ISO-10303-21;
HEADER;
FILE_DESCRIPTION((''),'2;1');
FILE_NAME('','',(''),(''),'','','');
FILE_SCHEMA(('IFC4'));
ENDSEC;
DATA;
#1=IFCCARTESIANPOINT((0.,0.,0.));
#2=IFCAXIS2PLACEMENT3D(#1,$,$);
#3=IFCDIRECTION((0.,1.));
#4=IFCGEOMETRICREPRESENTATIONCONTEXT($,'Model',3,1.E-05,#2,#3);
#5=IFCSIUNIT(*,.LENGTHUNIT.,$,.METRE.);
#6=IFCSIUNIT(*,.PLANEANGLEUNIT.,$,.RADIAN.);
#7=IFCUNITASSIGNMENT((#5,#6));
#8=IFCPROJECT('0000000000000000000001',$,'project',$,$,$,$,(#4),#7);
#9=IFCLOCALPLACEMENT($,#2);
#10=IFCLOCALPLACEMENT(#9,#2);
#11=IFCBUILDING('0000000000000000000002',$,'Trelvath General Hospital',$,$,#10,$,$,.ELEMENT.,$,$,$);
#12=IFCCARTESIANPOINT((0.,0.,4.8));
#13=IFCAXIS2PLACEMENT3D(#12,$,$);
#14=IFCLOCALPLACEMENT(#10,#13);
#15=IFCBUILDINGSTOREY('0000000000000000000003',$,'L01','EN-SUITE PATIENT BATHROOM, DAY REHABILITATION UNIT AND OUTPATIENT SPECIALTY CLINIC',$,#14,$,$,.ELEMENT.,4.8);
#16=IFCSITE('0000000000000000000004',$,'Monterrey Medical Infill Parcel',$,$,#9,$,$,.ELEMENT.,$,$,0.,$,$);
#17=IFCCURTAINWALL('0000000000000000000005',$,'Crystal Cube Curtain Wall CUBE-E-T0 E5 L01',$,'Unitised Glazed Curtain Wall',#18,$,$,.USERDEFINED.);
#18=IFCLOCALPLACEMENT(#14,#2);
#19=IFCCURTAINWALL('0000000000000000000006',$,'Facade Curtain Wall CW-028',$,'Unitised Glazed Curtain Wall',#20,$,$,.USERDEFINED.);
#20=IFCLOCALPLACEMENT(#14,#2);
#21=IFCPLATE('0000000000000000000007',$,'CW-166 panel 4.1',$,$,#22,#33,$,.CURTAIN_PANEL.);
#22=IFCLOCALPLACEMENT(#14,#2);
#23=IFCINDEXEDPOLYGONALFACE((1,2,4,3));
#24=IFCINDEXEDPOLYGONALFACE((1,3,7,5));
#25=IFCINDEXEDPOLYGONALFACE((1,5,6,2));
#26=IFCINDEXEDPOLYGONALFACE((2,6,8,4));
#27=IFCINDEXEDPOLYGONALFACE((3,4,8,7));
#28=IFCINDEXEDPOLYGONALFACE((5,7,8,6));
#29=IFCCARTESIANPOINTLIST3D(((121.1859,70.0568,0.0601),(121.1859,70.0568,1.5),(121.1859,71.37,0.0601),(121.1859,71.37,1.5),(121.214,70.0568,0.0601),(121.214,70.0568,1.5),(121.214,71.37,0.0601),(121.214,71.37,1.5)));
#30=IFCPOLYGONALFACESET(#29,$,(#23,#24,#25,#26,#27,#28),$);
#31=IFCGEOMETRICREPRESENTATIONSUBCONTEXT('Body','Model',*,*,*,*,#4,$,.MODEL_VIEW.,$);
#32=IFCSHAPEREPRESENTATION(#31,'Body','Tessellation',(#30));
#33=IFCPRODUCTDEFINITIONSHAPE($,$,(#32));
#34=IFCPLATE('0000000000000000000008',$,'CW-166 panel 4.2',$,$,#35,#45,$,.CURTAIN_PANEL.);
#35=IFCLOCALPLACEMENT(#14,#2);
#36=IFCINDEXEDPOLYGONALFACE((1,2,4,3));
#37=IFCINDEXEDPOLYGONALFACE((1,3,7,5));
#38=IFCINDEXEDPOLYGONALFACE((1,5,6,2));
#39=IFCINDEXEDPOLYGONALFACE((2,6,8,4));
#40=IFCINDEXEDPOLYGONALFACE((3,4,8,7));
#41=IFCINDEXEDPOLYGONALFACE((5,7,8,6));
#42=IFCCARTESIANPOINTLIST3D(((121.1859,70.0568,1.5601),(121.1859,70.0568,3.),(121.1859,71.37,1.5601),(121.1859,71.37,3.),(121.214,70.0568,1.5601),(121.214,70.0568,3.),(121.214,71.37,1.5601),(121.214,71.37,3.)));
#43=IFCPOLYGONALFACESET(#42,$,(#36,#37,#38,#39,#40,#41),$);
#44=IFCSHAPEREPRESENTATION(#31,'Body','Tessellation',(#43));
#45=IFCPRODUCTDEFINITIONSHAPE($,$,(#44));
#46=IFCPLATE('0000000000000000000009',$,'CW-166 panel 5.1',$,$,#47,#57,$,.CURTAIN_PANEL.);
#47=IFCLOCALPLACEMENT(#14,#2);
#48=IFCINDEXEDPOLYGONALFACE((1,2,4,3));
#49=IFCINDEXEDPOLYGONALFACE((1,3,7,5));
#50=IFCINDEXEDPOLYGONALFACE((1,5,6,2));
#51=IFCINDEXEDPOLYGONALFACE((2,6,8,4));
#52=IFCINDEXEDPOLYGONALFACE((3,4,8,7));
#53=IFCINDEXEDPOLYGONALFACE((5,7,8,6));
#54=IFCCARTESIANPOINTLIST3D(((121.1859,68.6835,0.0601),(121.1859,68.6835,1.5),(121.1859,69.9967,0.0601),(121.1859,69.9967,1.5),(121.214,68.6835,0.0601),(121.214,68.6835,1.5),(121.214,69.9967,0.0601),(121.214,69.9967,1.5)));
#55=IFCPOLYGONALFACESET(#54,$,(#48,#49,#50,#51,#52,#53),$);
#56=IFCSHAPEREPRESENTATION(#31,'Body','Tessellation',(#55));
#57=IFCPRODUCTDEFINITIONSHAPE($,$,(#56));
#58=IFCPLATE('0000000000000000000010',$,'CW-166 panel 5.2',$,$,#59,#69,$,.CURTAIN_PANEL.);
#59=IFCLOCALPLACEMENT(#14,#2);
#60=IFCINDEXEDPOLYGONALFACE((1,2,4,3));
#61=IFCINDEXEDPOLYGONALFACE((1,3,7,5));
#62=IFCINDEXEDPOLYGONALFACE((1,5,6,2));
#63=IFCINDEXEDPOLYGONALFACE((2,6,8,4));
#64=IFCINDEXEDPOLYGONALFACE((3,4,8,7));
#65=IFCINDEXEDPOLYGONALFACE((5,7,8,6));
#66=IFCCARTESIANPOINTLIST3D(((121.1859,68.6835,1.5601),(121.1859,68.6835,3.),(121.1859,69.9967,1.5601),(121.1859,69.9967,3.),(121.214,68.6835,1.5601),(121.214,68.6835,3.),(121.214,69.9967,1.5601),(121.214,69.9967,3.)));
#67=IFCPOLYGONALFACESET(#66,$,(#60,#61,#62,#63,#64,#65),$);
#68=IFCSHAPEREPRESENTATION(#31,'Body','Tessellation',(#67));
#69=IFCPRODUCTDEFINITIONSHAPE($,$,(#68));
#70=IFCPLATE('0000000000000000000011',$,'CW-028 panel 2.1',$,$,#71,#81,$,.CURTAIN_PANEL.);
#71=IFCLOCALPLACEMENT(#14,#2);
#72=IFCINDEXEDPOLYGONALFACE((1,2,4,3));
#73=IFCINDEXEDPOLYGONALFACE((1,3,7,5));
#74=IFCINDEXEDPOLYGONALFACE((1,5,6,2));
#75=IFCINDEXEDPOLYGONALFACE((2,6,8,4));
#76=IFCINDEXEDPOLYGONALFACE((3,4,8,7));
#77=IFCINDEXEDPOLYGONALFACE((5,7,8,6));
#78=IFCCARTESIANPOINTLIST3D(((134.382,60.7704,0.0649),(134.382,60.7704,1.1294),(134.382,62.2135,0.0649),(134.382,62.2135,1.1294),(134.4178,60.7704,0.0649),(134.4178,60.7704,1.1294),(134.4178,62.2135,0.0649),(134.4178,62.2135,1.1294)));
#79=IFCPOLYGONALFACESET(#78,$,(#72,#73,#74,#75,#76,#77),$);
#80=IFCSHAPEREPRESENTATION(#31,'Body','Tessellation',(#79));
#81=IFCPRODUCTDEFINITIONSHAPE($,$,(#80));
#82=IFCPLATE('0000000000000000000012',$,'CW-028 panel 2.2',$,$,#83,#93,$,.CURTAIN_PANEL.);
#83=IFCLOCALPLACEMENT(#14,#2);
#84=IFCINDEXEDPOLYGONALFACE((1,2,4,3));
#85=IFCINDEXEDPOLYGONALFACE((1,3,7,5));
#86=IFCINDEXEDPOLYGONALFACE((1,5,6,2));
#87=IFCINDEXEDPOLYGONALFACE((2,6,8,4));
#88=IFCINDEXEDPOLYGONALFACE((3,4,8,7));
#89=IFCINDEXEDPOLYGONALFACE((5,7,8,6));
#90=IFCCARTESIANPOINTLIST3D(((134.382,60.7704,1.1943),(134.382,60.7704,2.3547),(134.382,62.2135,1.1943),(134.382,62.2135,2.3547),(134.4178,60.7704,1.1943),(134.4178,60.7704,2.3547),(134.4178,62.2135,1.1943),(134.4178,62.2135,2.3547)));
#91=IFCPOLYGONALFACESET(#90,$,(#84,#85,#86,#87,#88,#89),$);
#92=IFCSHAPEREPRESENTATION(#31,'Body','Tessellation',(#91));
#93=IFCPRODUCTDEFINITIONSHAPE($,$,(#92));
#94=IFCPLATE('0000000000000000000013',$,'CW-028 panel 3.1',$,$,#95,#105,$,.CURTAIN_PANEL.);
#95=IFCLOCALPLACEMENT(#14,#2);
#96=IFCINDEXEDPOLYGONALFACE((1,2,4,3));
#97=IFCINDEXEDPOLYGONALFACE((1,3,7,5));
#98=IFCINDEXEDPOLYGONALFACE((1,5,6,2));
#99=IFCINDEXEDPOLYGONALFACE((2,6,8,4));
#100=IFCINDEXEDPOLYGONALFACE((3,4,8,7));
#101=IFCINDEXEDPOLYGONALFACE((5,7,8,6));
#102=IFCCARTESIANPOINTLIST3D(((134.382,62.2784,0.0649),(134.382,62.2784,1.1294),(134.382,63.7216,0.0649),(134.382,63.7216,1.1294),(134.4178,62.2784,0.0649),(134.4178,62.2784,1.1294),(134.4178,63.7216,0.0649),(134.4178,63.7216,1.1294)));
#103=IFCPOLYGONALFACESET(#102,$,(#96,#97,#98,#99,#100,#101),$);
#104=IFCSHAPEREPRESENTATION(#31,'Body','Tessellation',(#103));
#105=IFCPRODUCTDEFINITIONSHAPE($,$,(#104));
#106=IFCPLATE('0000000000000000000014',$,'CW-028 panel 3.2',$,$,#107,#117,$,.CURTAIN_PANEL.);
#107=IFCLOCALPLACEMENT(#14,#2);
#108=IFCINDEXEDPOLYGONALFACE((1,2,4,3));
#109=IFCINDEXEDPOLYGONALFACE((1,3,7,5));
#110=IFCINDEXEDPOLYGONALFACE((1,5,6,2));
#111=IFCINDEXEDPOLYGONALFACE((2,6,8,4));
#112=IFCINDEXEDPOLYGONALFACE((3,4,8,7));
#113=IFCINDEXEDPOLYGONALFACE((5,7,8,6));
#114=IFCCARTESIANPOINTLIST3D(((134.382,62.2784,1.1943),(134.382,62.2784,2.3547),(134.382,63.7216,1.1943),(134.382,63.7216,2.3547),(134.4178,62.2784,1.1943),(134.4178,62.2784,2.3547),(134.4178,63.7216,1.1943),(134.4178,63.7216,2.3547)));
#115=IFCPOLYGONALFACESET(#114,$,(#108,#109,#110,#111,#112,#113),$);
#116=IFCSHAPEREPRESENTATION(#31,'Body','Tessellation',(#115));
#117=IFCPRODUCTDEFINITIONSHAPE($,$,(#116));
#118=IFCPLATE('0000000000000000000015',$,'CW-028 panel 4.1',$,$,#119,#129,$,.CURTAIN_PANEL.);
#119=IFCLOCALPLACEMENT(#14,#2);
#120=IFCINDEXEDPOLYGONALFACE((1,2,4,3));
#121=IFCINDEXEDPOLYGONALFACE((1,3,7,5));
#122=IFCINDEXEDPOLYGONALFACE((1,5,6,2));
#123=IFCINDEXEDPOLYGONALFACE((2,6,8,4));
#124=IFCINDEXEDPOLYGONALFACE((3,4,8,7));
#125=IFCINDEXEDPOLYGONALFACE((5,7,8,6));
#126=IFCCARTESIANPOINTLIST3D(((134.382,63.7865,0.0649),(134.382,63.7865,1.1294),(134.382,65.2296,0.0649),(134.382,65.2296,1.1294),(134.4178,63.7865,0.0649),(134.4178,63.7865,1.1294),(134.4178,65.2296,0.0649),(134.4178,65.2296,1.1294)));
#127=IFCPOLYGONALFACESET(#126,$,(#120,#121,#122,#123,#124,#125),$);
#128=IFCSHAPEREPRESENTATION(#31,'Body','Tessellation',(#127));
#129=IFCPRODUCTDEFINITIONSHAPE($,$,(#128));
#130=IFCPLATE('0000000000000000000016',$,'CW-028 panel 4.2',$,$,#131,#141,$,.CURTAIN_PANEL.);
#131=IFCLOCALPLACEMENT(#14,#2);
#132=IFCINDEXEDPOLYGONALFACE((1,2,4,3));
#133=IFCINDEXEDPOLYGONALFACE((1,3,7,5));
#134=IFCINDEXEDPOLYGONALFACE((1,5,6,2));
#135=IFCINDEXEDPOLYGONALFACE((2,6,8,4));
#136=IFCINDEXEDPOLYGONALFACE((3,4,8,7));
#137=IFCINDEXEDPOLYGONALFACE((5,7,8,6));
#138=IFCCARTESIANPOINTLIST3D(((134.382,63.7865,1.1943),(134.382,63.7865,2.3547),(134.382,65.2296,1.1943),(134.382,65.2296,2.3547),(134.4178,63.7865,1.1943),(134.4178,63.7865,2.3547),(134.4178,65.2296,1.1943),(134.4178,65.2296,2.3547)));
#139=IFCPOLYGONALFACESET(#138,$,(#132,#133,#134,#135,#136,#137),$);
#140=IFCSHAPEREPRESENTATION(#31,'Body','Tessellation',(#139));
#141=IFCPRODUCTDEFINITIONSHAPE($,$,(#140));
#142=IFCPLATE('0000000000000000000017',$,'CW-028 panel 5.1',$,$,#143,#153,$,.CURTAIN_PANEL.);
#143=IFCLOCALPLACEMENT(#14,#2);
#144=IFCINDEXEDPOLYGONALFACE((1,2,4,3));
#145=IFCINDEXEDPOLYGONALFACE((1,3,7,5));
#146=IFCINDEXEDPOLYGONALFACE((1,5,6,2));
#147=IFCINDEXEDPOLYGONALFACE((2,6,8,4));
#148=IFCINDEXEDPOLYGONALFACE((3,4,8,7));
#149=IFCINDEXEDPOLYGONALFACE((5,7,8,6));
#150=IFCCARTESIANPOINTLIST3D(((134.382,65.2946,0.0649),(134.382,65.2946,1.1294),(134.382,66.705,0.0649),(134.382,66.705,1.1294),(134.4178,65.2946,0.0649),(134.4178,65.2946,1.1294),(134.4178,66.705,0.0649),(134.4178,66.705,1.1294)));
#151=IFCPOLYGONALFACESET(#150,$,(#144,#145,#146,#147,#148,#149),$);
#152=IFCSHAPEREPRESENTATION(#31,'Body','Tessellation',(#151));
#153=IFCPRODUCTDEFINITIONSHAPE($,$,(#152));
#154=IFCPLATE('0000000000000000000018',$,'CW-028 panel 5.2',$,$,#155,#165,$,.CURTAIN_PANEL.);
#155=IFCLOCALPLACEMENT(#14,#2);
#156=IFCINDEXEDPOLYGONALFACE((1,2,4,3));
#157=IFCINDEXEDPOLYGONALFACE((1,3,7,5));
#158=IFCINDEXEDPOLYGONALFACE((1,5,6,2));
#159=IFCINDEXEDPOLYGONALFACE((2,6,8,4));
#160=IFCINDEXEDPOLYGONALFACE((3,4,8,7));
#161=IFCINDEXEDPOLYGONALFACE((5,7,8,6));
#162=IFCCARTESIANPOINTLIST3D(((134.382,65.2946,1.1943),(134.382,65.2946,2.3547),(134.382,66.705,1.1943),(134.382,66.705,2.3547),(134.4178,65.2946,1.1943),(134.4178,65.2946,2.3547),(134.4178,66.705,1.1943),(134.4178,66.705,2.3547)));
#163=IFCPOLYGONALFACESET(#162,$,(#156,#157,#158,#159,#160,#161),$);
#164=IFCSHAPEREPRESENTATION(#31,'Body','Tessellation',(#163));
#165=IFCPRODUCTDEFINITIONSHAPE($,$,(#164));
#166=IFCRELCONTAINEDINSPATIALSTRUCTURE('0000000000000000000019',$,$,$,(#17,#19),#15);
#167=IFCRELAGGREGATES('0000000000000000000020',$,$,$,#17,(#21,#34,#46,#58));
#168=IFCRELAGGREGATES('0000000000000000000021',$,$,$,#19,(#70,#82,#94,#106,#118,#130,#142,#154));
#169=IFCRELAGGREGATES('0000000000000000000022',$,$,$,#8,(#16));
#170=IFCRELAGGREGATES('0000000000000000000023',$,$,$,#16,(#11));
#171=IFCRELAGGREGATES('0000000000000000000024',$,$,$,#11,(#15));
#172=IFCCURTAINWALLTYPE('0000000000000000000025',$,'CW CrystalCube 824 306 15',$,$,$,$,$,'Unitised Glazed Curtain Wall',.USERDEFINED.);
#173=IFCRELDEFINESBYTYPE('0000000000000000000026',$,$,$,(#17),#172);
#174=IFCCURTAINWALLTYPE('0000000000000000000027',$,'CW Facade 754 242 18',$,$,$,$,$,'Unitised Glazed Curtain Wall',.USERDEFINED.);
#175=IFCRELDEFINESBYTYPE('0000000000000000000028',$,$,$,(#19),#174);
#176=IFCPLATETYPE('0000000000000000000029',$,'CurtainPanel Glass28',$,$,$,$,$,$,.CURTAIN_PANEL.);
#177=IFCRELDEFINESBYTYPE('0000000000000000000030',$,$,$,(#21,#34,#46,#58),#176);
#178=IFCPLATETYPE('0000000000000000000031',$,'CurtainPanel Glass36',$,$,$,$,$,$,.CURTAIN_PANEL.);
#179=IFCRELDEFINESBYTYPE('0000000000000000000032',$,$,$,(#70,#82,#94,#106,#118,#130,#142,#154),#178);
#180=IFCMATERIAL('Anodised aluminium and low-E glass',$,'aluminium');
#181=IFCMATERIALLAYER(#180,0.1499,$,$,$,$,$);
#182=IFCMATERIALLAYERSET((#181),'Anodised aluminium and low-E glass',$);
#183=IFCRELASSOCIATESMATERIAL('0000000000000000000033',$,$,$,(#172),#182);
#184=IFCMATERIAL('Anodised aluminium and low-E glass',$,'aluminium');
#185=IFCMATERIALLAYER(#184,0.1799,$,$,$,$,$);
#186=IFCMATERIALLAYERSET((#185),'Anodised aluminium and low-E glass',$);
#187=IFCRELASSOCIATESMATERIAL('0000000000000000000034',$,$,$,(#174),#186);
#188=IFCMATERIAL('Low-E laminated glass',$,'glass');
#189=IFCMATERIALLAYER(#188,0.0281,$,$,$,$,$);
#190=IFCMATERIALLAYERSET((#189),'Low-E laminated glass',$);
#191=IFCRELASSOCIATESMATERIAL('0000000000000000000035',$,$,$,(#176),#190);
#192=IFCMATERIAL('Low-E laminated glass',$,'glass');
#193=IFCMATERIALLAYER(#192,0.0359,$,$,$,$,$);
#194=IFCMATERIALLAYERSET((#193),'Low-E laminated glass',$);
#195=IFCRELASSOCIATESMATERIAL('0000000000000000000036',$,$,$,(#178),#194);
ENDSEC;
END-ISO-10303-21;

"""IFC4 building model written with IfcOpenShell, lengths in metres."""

from ifc_helpers import new_model, si_unit, direction, frame, origin, origin_2d, place, context, subcontext, project, spatial, rectangle, extrude, material, layer, layer_set, type_object, element, aggregate, save


model = new_model("IFC4")

# Units and contexts
model_context = context("Model", 3, precision=1e-05, world=origin(), true_north=direction((0.0, 1.0)))
body_context = subcontext(model_context, "Body", "Model", "MODEL_VIEW")
ifc_project = project(units=[si_unit("LENGTHUNIT", "METRE"), si_unit("PLANEANGLEUNIT", "RADIAN")], contexts=[model_context])

# Site, building, storey
site_placement = place(None, origin())
site = spatial("IfcSite", under=ifc_project, at=site_placement, Name="Monterrey Medical Infill Parcel", CompositionType="ELEMENT", RefElevation=0.0)
building_placement = place(site_placement, origin())
building = spatial("IfcBuilding", under=site, at=building_placement, Name="Trelvath General Hospital", CompositionType="ELEMENT")
storey_placement = place(building_placement, frame((0.0, 0.0, 4.8)))
storey = spatial("IfcBuildingStorey", under=building, at=storey_placement, Name="L01", Description="EN-SUITE PATIENT BATHROOM, DAY REHABILITATION UNIT AND OUTPATIENT SPECIALTY CLINIC", CompositionType="ELEMENT", Elevation=4.8)

# Curtain walls
ifc_material_1 = material(Name="Anodised aluminium and low-E glass", Category="aluminium")
ifc_layer_1 = layer(ifc_material_1, 0.1499)
ifc_layer_set_1 = layer_set([ifc_layer_1], Name="Anodised aluminium and low-E glass")
curtain_wall_type_1 = type_object("IfcCurtainWallType", Name="CW CrystalCube 824 306 15", ElementType="Unitised Glazed Curtain Wall", PredefinedType="USERDEFINED", material=ifc_layer_set_1)
curtain_wall_1_placement = place(storey_placement, origin())
curtain_wall_1 = element("IfcCurtainWall", 1, at=curtain_wall_1_placement, inside=storey, type_object=curtain_wall_type_1, Name="Crystal Cube Curtain Wall CUBE-E-T0 E5 L01", ObjectType="Unitised Glazed Curtain Wall", PredefinedType="USERDEFINED")
ifc_material_2 = material(Name="Anodised aluminium and low-E glass", Category="aluminium")
ifc_layer_2 = layer(ifc_material_2, 0.1799)
ifc_layer_set_2 = layer_set([ifc_layer_2], Name="Anodised aluminium and low-E glass")
curtain_wall_type_2 = type_object("IfcCurtainWallType", Name="CW Facade 754 242 18", ElementType="Unitised Glazed Curtain Wall", PredefinedType="USERDEFINED", material=ifc_layer_set_2)
curtain_wall_2_placement = place(storey_placement, origin())
curtain_wall_2 = element("IfcCurtainWall", 2, at=curtain_wall_2_placement, inside=storey, type_object=curtain_wall_type_2, Name="Facade Curtain Wall CW-028", ObjectType="Unitised Glazed Curtain Wall", PredefinedType="USERDEFINED")

# Plates
ifc_material_3 = material(Name="Low-E laminated glass", Category="glass")
ifc_layer_3 = layer(ifc_material_3, 0.0281)
ifc_layer_set_3 = layer_set([ifc_layer_3], Name="Low-E laminated glass")
plate_type_1 = type_object("IfcPlateType", Name="CurtainPanel Glass28", PredefinedType="CURTAIN_PANEL", material=ifc_layer_set_3)
plate_1_placement = place(storey_placement, frame((121.2, 70.7134, 0.0601), z_axis=(0.0, 0.0, 1.0), x_axis=(0.0, -1.0, 0.0)))
plate_1 = element("IfcPlate", 3, at=plate_1_placement, type_object=plate_type_1, Name="CW-166 panel 4.1", PredefinedType="CURTAIN_PANEL", context=body_context, shape_type="SweptSolid", body=[
    extrude(rectangle(XDim=1.3132, YDim=0.0281, at=origin_2d()), origin(), (0.0, 0.0, 1.0), 1.4399),
])
plate_2_placement = place(storey_placement, frame((121.2, 70.7134, 1.5601), z_axis=(0.0, 0.0, 1.0), x_axis=(0.0, -1.0, 0.0)))
plate_2 = element("IfcPlate", 4, at=plate_2_placement, type_object=plate_type_1, Name="CW-166 panel 4.2", PredefinedType="CURTAIN_PANEL", context=body_context, shape_type="SweptSolid", body=[
    extrude(rectangle(XDim=1.3132, YDim=0.0281, at=origin_2d()), origin(), (0.0, 0.0, 1.0), 1.4399),
])
plate_3_placement = place(storey_placement, frame((121.2, 69.3401, 0.0601), z_axis=(0.0, 0.0, 1.0), x_axis=(0.0, -1.0, 0.0)))
plate_3 = element("IfcPlate", 5, at=plate_3_placement, type_object=plate_type_1, Name="CW-166 panel 5.1", PredefinedType="CURTAIN_PANEL", context=body_context, shape_type="SweptSolid", body=[
    extrude(rectangle(XDim=1.3132, YDim=0.0281, at=origin_2d()), origin(), (0.0, 0.0, 1.0), 1.4399),
])
plate_4_placement = place(storey_placement, frame((121.2, 69.3401, 1.5601), z_axis=(0.0, 0.0, 1.0), x_axis=(0.0, -1.0, 0.0)))
plate_4 = element("IfcPlate", 6, at=plate_4_placement, type_object=plate_type_1, Name="CW-166 panel 5.2", PredefinedType="CURTAIN_PANEL", context=body_context, shape_type="SweptSolid", body=[
    extrude(rectangle(XDim=1.3132, YDim=0.0281, at=origin_2d()), origin(), (0.0, 0.0, 1.0), 1.4399),
])
aggregate(curtain_wall_1, [plate_1, plate_2, plate_3, plate_4])
ifc_material_4 = material(Name="Low-E laminated glass", Category="glass")
ifc_layer_4 = layer(ifc_material_4, 0.0359)
ifc_layer_set_4 = layer_set([ifc_layer_4], Name="Low-E laminated glass")
plate_type_2 = type_object("IfcPlateType", Name="CurtainPanel Glass36", PredefinedType="CURTAIN_PANEL", material=ifc_layer_set_4)
plate_5_placement = place(storey_placement, frame((134.3999, 61.4919, 0.0649), z_axis=(0.0, 0.0, 1.0), x_axis=(0.0, 1.0, 0.0)))
plate_5 = element("IfcPlate", 7, at=plate_5_placement, type_object=plate_type_2, Name="CW-028 panel 2.1", PredefinedType="CURTAIN_PANEL", context=body_context, shape_type="SweptSolid", body=[
    extrude(rectangle(XDim=1.4431, YDim=0.0359, at=origin_2d()), origin(), (0.0, 0.0, 1.0), 1.0645),
])
plate_6_placement = place(storey_placement, frame((134.3999, 61.4919, 1.1943), z_axis=(0.0, 0.0, 1.0), x_axis=(0.0, 1.0, 0.0)))
plate_6 = element("IfcPlate", 8, at=plate_6_placement, type_object=plate_type_2, Name="CW-028 panel 2.2", PredefinedType="CURTAIN_PANEL", context=body_context, shape_type="SweptSolid", body=[
    extrude(rectangle(XDim=1.4431, YDim=0.0359, at=origin_2d()), origin(), (0.0, 0.0, 1.0), 1.1604),
])
plate_7_placement = place(storey_placement, frame((134.3999, 63.0, 0.0649), z_axis=(0.0, 0.0, 1.0), x_axis=(0.0, 1.0, 0.0)))
plate_7 = element("IfcPlate", 9, at=plate_7_placement, type_object=plate_type_2, Name="CW-028 panel 3.1", PredefinedType="CURTAIN_PANEL", context=body_context, shape_type="SweptSolid", body=[
    extrude(rectangle(XDim=1.4431, YDim=0.0359, at=origin_2d()), origin(), (0.0, 0.0, 1.0), 1.0645),
])
plate_8_placement = place(storey_placement, frame((134.3999, 63.0, 1.1943), z_axis=(0.0, 0.0, 1.0), x_axis=(0.0, 1.0, 0.0)))
plate_8 = element("IfcPlate", 10, at=plate_8_placement, type_object=plate_type_2, Name="CW-028 panel 3.2", PredefinedType="CURTAIN_PANEL", context=body_context, shape_type="SweptSolid", body=[
    extrude(rectangle(XDim=1.4431, YDim=0.0359, at=origin_2d()), origin(), (0.0, 0.0, 1.0), 1.1604),
])
plate_9_placement = place(storey_placement, frame((134.3999, 64.5081, 0.0649), z_axis=(0.0, 0.0, 1.0), x_axis=(0.0, 1.0, 0.0)))
plate_9 = element("IfcPlate", 11, at=plate_9_placement, type_object=plate_type_2, Name="CW-028 panel 4.1", PredefinedType="CURTAIN_PANEL", context=body_context, shape_type="SweptSolid", body=[
    extrude(rectangle(XDim=1.4431, YDim=0.0359, at=origin_2d()), origin(), (0.0, 0.0, 1.0), 1.0645),
])
plate_10_placement = place(storey_placement, frame((134.3999, 64.5081, 1.1943), z_axis=(0.0, 0.0, 1.0), x_axis=(0.0, 1.0, 0.0)))
plate_10 = element("IfcPlate", 12, at=plate_10_placement, type_object=plate_type_2, Name="CW-028 panel 4.2", PredefinedType="CURTAIN_PANEL", context=body_context, shape_type="SweptSolid", body=[
    extrude(rectangle(XDim=1.4431, YDim=0.0359, at=origin_2d()), origin(), (0.0, 0.0, 1.0), 1.1604),
])
plate_11_placement = place(storey_placement, frame((134.3999, 65.9998, 0.0649), z_axis=(0.0, 0.0, 1.0), x_axis=(0.0, 1.0, 0.0)))
plate_11 = element("IfcPlate", 13, at=plate_11_placement, type_object=plate_type_2, Name="CW-028 panel 5.1", PredefinedType="CURTAIN_PANEL", context=body_context, shape_type="SweptSolid", body=[
    extrude(rectangle(XDim=1.4104, YDim=0.0359, at=origin_2d()), origin(), (0.0, 0.0, 1.0), 1.0645),
])
plate_12_placement = place(storey_placement, frame((134.3999, 65.9998, 1.1943), z_axis=(0.0, 0.0, 1.0), x_axis=(0.0, 1.0, 0.0)))
plate_12 = element("IfcPlate", 14, at=plate_12_placement, type_object=plate_type_2, Name="CW-028 panel 5.2", PredefinedType="CURTAIN_PANEL", context=body_context, shape_type="SweptSolid", body=[
    extrude(rectangle(XDim=1.4104, YDim=0.0359, at=origin_2d()), origin(), (0.0, 0.0, 1.0), 1.1604),
])
aggregate(curtain_wall_2, [plate_5, plate_6, plate_7, plate_8, plate_9, plate_10, plate_11, plate_12])

save(model, "model.ifc")
